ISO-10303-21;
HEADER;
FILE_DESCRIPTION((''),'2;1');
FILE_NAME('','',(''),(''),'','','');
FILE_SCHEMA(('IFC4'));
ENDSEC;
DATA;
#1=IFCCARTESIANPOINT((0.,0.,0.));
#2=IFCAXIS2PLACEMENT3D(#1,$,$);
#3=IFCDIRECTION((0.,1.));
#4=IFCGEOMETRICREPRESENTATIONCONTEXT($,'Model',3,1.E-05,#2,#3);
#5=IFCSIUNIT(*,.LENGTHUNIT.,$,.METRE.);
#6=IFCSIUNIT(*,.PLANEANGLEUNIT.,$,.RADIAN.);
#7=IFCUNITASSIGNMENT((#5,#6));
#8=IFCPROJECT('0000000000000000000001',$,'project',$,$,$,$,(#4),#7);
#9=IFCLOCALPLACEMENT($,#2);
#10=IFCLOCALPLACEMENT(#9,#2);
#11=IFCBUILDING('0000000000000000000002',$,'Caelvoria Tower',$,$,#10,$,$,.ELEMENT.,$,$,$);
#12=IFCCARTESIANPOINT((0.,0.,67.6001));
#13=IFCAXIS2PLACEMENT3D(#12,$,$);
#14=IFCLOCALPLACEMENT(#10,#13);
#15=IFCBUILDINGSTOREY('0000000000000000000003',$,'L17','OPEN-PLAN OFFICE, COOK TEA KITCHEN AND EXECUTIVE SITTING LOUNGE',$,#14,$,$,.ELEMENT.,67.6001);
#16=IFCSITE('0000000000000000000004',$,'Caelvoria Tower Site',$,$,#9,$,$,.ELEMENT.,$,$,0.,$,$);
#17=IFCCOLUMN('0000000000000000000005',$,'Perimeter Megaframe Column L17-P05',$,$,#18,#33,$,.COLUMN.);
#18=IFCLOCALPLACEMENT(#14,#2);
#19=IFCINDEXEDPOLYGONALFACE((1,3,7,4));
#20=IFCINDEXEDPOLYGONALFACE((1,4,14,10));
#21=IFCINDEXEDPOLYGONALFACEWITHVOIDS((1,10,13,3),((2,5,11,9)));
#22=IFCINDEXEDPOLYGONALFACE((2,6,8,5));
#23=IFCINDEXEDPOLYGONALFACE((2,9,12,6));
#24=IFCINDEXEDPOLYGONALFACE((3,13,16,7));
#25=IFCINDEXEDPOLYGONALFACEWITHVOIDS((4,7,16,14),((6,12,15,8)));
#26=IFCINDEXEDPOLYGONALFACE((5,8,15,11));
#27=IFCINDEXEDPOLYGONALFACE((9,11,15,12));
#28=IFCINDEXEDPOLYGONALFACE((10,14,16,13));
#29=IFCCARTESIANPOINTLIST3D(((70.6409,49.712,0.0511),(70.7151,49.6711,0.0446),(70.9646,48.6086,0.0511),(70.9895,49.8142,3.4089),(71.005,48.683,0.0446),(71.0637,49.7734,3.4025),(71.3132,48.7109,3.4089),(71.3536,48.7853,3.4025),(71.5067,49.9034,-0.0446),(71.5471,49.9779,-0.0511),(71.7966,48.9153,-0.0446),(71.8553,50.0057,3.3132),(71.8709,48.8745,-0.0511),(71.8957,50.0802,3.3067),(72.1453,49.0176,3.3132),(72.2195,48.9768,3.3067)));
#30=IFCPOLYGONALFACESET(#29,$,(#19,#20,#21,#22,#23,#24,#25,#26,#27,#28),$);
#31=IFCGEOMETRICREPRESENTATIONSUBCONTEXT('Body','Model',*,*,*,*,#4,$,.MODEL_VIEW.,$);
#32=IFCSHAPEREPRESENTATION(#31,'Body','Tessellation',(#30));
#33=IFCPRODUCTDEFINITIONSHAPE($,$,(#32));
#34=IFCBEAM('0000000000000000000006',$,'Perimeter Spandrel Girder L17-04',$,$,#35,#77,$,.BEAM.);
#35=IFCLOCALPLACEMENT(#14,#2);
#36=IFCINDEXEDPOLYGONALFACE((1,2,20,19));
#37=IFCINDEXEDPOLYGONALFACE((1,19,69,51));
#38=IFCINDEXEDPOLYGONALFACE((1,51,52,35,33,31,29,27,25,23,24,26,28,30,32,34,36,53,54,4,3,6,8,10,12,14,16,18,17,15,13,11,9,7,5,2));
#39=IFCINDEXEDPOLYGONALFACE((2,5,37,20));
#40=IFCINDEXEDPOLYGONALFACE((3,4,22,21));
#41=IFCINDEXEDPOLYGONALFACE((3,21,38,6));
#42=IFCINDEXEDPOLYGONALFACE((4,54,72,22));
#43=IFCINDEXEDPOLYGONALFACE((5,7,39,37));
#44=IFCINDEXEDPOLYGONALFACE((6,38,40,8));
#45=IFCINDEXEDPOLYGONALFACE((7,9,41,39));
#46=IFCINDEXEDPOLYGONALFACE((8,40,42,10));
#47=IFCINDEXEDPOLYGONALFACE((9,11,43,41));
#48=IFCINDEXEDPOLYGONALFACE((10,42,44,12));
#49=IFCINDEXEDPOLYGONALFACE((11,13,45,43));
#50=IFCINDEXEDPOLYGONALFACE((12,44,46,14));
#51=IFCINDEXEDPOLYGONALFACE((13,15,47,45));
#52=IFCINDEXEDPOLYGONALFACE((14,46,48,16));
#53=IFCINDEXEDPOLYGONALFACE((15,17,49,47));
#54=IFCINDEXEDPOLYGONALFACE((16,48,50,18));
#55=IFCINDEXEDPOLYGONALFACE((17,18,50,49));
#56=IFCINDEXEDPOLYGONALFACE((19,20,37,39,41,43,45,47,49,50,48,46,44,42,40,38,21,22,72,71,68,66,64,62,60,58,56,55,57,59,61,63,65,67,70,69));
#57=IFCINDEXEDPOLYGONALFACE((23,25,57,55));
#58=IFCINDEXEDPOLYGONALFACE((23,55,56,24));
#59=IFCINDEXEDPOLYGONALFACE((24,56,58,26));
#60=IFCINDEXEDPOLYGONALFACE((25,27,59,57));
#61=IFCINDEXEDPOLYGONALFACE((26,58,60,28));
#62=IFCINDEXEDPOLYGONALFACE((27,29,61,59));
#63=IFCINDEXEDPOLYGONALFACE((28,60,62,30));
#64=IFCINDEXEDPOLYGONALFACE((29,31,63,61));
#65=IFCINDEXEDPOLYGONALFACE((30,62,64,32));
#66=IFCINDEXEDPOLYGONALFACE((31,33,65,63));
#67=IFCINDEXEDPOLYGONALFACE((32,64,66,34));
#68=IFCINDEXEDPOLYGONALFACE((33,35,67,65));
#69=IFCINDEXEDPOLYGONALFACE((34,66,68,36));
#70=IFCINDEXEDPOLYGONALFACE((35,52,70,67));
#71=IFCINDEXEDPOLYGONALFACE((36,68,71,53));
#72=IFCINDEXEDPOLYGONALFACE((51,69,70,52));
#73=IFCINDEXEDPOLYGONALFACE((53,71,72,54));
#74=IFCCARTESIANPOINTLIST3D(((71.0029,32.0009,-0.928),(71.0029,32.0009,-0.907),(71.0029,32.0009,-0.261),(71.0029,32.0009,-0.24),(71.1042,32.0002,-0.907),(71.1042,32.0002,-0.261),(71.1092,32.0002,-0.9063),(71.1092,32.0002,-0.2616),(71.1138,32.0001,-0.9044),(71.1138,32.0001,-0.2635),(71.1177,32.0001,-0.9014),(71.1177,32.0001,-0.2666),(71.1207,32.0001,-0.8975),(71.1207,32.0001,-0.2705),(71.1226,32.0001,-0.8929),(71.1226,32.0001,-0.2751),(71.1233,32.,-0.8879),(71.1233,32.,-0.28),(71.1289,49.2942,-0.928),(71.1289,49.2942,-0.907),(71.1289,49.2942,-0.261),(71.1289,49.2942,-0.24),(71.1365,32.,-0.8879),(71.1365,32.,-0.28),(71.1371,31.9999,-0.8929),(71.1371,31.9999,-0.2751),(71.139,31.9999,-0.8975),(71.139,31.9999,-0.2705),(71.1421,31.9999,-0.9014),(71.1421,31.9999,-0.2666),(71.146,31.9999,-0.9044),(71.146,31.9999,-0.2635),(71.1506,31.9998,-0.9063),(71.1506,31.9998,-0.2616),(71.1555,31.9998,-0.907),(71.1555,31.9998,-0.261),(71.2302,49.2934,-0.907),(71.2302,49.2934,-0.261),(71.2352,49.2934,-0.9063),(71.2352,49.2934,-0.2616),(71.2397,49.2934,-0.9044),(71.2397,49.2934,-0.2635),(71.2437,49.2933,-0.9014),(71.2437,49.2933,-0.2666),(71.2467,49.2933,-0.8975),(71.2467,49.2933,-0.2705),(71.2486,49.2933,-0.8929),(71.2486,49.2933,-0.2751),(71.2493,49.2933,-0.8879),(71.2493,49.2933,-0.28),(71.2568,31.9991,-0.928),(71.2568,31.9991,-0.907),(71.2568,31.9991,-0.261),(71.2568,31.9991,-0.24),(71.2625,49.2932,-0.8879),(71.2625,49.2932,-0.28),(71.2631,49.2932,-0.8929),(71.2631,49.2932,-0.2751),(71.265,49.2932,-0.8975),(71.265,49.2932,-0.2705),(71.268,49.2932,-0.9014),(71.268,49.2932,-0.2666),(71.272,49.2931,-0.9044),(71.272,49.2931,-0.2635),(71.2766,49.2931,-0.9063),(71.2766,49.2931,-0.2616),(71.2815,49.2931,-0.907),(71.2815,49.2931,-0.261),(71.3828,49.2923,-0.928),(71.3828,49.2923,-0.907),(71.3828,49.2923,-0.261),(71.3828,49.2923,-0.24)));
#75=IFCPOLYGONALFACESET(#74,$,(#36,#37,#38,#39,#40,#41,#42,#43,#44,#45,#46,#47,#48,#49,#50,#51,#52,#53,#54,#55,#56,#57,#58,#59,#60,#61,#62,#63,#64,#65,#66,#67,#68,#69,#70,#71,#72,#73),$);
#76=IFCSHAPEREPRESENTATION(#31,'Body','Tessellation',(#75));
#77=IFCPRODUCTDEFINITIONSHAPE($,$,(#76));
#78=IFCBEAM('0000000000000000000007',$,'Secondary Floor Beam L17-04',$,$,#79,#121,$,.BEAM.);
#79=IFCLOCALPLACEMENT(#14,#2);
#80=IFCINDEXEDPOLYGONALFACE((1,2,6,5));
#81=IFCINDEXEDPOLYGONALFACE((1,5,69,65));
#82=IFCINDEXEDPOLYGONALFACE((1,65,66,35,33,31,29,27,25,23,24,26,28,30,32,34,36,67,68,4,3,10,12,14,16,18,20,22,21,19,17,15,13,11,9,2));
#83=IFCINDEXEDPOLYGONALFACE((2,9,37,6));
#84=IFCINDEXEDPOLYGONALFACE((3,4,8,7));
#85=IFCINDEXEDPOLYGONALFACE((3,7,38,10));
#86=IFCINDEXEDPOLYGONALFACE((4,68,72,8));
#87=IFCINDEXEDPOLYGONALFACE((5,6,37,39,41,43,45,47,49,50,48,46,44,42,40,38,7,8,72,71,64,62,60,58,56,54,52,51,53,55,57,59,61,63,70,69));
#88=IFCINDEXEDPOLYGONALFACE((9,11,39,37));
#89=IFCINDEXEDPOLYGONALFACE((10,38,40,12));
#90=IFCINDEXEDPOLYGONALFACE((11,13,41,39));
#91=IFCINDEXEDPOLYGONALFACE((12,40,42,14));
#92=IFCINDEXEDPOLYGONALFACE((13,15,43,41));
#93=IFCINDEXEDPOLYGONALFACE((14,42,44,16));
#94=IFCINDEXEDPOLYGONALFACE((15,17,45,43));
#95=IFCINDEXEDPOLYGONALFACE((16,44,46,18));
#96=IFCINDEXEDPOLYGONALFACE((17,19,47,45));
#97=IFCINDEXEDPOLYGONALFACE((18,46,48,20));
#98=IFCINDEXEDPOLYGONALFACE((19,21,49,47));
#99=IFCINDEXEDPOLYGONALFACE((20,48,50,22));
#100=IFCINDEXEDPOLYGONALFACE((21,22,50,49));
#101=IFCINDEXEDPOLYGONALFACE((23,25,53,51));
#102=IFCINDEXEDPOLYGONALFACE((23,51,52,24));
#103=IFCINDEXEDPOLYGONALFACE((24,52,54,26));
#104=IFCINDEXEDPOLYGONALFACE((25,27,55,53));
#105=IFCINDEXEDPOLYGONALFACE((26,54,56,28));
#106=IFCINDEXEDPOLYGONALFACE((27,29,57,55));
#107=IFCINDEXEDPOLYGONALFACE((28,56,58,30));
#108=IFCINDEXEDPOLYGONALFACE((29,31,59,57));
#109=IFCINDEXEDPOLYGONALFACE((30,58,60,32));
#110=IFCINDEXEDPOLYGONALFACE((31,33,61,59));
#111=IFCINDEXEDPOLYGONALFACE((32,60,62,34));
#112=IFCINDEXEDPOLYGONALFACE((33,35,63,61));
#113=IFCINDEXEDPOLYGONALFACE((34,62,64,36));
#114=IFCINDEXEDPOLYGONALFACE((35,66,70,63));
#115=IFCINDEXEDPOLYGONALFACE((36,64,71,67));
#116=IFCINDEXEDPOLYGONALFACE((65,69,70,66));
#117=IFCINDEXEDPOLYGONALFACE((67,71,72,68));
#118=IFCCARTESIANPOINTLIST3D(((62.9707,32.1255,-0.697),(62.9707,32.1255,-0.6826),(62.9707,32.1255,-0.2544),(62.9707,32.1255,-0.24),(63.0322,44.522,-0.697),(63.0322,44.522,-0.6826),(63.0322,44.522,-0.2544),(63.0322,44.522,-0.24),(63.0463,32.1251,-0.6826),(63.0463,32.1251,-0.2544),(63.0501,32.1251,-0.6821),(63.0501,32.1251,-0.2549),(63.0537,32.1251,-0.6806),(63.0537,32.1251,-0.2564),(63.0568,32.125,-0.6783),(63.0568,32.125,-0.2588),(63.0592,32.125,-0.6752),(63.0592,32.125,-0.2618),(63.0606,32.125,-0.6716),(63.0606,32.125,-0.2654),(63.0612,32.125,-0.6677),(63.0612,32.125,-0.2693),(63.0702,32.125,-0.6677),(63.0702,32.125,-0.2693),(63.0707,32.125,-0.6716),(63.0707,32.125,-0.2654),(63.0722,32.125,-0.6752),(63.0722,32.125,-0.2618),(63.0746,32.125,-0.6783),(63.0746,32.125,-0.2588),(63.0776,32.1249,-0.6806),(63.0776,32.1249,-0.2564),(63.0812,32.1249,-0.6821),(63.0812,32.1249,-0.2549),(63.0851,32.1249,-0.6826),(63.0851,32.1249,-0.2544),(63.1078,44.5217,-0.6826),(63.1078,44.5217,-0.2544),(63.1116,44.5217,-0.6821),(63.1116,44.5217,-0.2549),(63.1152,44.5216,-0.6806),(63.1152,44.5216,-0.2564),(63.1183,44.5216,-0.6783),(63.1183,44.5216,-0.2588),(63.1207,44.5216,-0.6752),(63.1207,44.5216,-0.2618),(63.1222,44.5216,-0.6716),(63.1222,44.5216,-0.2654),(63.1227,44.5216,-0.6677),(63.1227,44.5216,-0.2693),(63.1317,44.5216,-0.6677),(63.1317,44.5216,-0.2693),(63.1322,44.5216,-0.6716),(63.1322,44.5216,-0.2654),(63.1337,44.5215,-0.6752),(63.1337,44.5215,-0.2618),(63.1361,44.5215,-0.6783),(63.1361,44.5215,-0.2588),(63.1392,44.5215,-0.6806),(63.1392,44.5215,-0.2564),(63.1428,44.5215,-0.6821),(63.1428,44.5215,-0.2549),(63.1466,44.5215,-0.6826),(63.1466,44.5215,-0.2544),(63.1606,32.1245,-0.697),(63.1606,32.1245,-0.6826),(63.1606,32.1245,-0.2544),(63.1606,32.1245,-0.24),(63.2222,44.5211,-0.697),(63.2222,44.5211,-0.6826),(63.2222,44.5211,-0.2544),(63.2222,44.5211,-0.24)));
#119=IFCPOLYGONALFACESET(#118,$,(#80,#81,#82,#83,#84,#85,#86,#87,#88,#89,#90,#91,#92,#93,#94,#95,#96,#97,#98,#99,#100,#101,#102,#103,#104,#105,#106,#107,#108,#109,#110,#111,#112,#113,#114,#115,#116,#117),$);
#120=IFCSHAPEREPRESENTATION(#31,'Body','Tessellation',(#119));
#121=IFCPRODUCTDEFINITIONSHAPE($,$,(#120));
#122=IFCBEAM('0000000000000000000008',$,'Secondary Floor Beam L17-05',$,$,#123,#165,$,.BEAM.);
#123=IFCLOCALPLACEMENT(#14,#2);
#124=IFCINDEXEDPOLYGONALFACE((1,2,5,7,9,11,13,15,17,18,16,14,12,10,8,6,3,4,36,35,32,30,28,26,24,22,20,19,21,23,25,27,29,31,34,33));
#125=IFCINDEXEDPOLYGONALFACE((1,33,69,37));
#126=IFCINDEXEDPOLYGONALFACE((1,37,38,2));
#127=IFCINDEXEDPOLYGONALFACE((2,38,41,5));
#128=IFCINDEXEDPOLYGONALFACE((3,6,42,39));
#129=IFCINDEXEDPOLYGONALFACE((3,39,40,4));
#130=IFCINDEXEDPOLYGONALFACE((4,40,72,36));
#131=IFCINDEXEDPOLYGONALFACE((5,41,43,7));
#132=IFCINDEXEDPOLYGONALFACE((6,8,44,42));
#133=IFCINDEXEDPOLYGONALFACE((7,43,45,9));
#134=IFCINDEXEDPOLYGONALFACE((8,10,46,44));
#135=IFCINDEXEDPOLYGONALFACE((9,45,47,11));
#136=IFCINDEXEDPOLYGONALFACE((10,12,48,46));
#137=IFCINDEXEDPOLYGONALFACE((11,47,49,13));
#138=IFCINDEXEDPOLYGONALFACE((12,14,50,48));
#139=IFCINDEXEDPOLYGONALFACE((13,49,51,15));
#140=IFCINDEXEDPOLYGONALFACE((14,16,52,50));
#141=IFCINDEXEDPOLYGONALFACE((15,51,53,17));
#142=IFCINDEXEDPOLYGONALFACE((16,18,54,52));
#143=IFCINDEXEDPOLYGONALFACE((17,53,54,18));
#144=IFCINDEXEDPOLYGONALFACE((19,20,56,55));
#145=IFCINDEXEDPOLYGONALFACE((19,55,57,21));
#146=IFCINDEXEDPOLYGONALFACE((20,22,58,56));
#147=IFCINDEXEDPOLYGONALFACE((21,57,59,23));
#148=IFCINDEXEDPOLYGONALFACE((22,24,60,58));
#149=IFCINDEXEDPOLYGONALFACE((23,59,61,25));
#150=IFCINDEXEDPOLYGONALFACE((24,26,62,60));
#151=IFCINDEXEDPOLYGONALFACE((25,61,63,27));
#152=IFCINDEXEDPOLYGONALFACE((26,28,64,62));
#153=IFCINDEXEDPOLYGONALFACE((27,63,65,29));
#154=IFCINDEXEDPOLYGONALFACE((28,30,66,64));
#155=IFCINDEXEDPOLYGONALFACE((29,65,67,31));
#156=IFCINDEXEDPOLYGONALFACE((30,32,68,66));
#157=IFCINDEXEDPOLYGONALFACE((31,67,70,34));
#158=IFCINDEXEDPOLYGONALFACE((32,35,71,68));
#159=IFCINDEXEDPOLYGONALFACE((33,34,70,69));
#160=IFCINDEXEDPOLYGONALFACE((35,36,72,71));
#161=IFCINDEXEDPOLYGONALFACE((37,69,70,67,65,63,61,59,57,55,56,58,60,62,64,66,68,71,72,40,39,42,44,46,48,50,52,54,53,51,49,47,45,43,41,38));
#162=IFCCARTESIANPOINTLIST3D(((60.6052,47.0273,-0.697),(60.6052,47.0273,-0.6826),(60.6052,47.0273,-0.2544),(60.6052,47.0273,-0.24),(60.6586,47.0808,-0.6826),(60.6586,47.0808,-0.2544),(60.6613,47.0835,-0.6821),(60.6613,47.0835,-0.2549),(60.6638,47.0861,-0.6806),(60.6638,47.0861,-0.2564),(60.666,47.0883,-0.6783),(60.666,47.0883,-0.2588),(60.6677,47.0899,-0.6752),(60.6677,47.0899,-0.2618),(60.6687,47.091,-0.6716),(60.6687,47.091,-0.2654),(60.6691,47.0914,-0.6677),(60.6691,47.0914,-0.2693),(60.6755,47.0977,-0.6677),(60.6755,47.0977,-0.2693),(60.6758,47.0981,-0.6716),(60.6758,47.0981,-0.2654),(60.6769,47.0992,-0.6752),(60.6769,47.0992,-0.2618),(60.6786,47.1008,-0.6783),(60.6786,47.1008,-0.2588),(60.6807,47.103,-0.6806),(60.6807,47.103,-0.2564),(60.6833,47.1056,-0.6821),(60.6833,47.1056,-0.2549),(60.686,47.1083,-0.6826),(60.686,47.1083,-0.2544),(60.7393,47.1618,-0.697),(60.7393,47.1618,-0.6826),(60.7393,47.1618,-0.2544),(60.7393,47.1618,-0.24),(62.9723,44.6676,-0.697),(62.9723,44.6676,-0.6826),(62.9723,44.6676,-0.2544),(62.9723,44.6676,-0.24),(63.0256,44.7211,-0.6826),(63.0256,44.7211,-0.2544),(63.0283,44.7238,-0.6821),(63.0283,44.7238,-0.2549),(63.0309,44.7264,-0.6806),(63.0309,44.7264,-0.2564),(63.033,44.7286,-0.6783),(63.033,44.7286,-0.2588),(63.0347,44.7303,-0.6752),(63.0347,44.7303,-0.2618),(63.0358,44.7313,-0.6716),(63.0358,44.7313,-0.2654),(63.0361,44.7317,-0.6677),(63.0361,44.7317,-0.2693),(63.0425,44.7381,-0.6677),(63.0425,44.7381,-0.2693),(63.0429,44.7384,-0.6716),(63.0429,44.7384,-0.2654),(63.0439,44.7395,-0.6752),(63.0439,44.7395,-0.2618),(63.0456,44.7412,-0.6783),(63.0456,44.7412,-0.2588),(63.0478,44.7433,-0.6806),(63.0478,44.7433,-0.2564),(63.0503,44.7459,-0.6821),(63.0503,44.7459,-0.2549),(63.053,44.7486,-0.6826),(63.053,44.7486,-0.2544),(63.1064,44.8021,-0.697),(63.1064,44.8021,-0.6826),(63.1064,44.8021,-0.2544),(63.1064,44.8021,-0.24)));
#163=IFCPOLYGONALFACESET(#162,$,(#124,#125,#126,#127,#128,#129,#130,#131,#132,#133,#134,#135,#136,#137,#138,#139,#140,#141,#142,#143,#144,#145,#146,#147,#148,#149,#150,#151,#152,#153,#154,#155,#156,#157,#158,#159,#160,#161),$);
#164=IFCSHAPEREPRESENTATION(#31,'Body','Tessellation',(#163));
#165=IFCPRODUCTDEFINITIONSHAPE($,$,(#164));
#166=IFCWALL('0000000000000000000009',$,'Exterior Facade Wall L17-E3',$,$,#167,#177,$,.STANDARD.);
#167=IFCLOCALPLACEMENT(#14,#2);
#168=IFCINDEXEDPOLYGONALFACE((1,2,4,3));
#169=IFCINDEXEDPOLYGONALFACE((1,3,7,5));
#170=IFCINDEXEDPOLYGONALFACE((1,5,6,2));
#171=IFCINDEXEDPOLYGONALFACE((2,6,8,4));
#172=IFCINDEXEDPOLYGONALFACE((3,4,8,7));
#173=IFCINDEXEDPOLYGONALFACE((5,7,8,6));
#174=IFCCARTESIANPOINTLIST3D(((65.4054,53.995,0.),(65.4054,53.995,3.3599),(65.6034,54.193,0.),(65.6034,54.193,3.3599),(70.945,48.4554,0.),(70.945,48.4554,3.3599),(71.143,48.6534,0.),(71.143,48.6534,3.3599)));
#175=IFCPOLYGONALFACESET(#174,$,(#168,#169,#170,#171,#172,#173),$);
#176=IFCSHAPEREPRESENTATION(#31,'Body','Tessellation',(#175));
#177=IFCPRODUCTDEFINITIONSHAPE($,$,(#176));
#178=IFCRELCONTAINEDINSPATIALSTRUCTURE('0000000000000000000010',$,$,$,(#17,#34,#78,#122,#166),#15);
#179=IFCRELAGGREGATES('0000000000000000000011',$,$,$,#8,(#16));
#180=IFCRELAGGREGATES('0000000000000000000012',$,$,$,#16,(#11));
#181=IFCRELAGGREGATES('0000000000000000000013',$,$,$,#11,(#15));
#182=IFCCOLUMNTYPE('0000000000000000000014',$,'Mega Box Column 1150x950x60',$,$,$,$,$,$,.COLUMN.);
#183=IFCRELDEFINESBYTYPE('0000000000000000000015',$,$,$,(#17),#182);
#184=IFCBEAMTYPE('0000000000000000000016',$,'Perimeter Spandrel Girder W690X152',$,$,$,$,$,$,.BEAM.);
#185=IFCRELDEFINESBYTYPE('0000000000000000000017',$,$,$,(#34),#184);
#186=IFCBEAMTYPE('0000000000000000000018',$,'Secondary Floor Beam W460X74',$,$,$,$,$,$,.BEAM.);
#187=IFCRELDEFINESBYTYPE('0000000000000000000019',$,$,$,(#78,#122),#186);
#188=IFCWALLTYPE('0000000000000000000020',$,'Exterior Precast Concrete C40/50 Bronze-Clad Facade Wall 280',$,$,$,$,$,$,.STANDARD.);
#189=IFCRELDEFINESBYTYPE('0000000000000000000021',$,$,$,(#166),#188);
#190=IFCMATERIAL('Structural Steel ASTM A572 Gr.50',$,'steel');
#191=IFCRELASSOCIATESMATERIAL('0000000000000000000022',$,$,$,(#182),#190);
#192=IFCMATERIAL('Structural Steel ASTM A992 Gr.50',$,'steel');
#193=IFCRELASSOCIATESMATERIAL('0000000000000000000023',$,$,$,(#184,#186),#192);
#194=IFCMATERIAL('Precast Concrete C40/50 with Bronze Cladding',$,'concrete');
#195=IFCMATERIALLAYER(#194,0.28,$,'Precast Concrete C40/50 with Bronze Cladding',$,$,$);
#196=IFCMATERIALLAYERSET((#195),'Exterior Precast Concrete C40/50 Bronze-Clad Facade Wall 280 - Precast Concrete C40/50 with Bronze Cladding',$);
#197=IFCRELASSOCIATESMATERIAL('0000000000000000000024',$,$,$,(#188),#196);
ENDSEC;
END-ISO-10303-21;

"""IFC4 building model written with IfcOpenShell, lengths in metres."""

from ifc_helpers import new_model, si_unit, direction, frame, frame_2d, origin, origin_2d, place, context, subcontext, project, spatial, rectangle, hollow_rectangle, i_section, extrude, material, layer, layer_set, material_profile, profile_set, type_object, element, save


model = new_model("IFC4")

# Units and contexts
model_context = context("Model", 3, precision=1e-05, world=origin(), true_north=direction((0.0, 1.0)))
body_context = subcontext(model_context, "Body", "Model", "MODEL_VIEW")
ifc_project = project(units=[si_unit("LENGTHUNIT", "METRE"), si_unit("PLANEANGLEUNIT", "RADIAN")], contexts=[model_context])

# Site, building, storey
site_placement = place(None, origin())
site = spatial("IfcSite", under=ifc_project, at=site_placement, Name="Caelvoria Tower Site", CompositionType="ELEMENT", RefElevation=0.0)
building_placement = place(site_placement, origin())
building = spatial("IfcBuilding", under=site, at=building_placement, Name="Caelvoria Tower", CompositionType="ELEMENT")
storey_placement = place(building_placement, frame((0.0, 0.0, 67.6001)))
storey = spatial("IfcBuildingStorey", under=building, at=storey_placement, Name="L17", Description="OPEN-PLAN OFFICE, COOK TEA KITCHEN AND EXECUTIVE SITTING LOUNGE", CompositionType="ELEMENT", Elevation=67.6001)

# Column
ifc_material_1 = material(Name="Structural Steel ASTM A572 Gr.50", Category="steel")
ifc_material_profile_1 = material_profile(ifc_material_1, hollow_rectangle(XDim=0.95, YDim=1.1499, WallThickness=0.0601, at=origin_2d()), Name="Structural Steel ASTM A572 Gr.50")
ifc_profile_set_1 = profile_set([ifc_material_profile_1], Name="BOX1150X950X60 - Structural Steel ASTM A572 Gr.50")
column_type = type_object("IfcColumnType", Name="Mega Box Column 1150x950x60", PredefinedType="COLUMN", material=ifc_profile_set_1)
column_placement = place(storey_placement, frame((71.2559, 49.2932, 0.0), z_axis=(0.103222, 0.030287, 0.994197), x_axis=(-0.953979, -0.279914, 0.107574)))
element("IfcColumn", 1, at=column_placement, inside=storey, type_object=column_type, Name="Perimeter Megaframe Column L17-P05", PredefinedType="COLUMN", context=body_context, shape_type="SweptSolid", body=[
    extrude(hollow_rectangle(XDim=0.95, YDim=1.1499, WallThickness=0.0601, at=origin_2d()), origin(), (0.0, 0.0, 1.0), 3.3774),
])

# Beams
ifc_material_2 = material(Name="Structural Steel ASTM A992 Gr.50", Category="steel")
ifc_material_profile_2 = material_profile(ifc_material_2, i_section(OverallWidth=0.2539, OverallDepth=0.688, WebThickness=0.0132, FlangeThickness=0.021, FilletRadius=0.019, at=origin_2d()), Name="Structural Steel ASTM A992 Gr.50")
ifc_profile_set_2 = profile_set([ifc_material_profile_2], Name="W690X152 - Structural Steel ASTM A992 Gr.50")
beam_type_1 = type_object("IfcBeamType", Name="Perimeter Spandrel Girder W690X152", PredefinedType="BEAM", material=ifc_profile_set_2)
beam_1_placement = place(storey_placement, frame((71.1299, 32.0, -0.584), z_axis=(0.007285, 0.999973, 0.0), x_axis=(-0.999973, 0.007285, 0.0)))
element("IfcBeam", 2, at=beam_1_placement, inside=storey, type_object=beam_type_1, Name="Perimeter Spandrel Girder L17-04", PredefinedType="BEAM", context=body_context, shape_type="SweptSolid", body=[
    extrude(i_section(OverallWidth=0.2539, OverallDepth=0.688, WebThickness=0.0132, FlangeThickness=0.021, FilletRadius=0.019, at=origin_2d()), origin(), (0.0, 0.0, 1.0), 17.2937),
])
ifc_material_profile_3 = material_profile(ifc_material_2, i_section(OverallWidth=0.1899, OverallDepth=0.457, WebThickness=0.009, FlangeThickness=0.0144, FilletRadius=0.0149, at=origin_2d()), Name="Structural Steel ASTM A992 Gr.50")
ifc_profile_set_3 = profile_set([ifc_material_profile_3], Name="W460X74 - Structural Steel ASTM A992 Gr.50")
beam_type_2 = type_object("IfcBeamType", Name="Secondary Floor Beam W460X74", PredefinedType="BEAM", material=ifc_profile_set_3)
beam_2_placement = place(storey_placement, frame((63.0657, 32.125, -0.4685), z_axis=(0.004963, 0.999988, 0.0), x_axis=(-0.999988, 0.004963, 0.0)))
element("IfcBeam", 3, at=beam_2_placement, inside=storey, type_object=beam_type_2, Name="Secondary Floor Beam L17-04", PredefinedType="BEAM", context=body_context, shape_type="SweptSolid", body=[
    extrude(i_section(OverallWidth=0.1899, OverallDepth=0.457, WebThickness=0.009, FlangeThickness=0.0144, FilletRadius=0.0149, at=origin_2d()), origin(), (0.0, 0.0, 1.0), 12.3967),
])
beam_3_placement = place(storey_placement, frame((63.0393, 44.7349, -0.4685), z_axis=(-0.708202, 0.70601, 0.0), x_axis=(-0.70601, -0.708202, 0.0)))
element("IfcBeam", 4, at=beam_3_placement, inside=storey, type_object=beam_type_2, Name="Secondary Floor Beam L17-05", PredefinedType="BEAM", context=body_context, shape_type="SweptSolid", body=[
    extrude(i_section(OverallWidth=0.1899, OverallDepth=0.457, WebThickness=0.009, FlangeThickness=0.0144, FilletRadius=0.0149, at=origin_2d()), origin(), (0.0, 0.0, 1.0), 3.3423),
])

# Wall
ifc_material_3 = material(Name="Precast Concrete C40/50 with Bronze Cladding", Category="concrete")
ifc_layer_1 = layer(ifc_material_3, 0.28, Name="Precast Concrete C40/50 with Bronze Cladding")
ifc_layer_set_1 = layer_set([ifc_layer_1], Name="Exterior Precast Concrete C40/50 Bronze-Clad Facade Wall 280 - Precast Concrete C40/50 with Bronze Cladding")
wall_type = type_object("IfcWallType", Name="Exterior Precast Concrete C40/50 Bronze-Clad Facade Wall 280", PredefinedType="STANDARD", material=ifc_layer_set_1)
wall_placement = place(storey_placement, frame((71.0439, 48.5544, 0.0), z_axis=(0.0, 0.0, 1.0), x_axis=(-0.707107, 0.707107, 0.0)))
element("IfcWall", 5, at=wall_placement, inside=storey, type_object=wall_type, Name="Exterior Facade Wall L17-E3", PredefinedType="STANDARD", context=body_context, shape_type="SweptSolid", body=[
    extrude(rectangle(XDim=7.8342, YDim=0.28, at=frame_2d((3.917, 0.0))), origin(), (0.0, 0.0, 1.0), 3.3599),
])

save(model, "model.ifc")
